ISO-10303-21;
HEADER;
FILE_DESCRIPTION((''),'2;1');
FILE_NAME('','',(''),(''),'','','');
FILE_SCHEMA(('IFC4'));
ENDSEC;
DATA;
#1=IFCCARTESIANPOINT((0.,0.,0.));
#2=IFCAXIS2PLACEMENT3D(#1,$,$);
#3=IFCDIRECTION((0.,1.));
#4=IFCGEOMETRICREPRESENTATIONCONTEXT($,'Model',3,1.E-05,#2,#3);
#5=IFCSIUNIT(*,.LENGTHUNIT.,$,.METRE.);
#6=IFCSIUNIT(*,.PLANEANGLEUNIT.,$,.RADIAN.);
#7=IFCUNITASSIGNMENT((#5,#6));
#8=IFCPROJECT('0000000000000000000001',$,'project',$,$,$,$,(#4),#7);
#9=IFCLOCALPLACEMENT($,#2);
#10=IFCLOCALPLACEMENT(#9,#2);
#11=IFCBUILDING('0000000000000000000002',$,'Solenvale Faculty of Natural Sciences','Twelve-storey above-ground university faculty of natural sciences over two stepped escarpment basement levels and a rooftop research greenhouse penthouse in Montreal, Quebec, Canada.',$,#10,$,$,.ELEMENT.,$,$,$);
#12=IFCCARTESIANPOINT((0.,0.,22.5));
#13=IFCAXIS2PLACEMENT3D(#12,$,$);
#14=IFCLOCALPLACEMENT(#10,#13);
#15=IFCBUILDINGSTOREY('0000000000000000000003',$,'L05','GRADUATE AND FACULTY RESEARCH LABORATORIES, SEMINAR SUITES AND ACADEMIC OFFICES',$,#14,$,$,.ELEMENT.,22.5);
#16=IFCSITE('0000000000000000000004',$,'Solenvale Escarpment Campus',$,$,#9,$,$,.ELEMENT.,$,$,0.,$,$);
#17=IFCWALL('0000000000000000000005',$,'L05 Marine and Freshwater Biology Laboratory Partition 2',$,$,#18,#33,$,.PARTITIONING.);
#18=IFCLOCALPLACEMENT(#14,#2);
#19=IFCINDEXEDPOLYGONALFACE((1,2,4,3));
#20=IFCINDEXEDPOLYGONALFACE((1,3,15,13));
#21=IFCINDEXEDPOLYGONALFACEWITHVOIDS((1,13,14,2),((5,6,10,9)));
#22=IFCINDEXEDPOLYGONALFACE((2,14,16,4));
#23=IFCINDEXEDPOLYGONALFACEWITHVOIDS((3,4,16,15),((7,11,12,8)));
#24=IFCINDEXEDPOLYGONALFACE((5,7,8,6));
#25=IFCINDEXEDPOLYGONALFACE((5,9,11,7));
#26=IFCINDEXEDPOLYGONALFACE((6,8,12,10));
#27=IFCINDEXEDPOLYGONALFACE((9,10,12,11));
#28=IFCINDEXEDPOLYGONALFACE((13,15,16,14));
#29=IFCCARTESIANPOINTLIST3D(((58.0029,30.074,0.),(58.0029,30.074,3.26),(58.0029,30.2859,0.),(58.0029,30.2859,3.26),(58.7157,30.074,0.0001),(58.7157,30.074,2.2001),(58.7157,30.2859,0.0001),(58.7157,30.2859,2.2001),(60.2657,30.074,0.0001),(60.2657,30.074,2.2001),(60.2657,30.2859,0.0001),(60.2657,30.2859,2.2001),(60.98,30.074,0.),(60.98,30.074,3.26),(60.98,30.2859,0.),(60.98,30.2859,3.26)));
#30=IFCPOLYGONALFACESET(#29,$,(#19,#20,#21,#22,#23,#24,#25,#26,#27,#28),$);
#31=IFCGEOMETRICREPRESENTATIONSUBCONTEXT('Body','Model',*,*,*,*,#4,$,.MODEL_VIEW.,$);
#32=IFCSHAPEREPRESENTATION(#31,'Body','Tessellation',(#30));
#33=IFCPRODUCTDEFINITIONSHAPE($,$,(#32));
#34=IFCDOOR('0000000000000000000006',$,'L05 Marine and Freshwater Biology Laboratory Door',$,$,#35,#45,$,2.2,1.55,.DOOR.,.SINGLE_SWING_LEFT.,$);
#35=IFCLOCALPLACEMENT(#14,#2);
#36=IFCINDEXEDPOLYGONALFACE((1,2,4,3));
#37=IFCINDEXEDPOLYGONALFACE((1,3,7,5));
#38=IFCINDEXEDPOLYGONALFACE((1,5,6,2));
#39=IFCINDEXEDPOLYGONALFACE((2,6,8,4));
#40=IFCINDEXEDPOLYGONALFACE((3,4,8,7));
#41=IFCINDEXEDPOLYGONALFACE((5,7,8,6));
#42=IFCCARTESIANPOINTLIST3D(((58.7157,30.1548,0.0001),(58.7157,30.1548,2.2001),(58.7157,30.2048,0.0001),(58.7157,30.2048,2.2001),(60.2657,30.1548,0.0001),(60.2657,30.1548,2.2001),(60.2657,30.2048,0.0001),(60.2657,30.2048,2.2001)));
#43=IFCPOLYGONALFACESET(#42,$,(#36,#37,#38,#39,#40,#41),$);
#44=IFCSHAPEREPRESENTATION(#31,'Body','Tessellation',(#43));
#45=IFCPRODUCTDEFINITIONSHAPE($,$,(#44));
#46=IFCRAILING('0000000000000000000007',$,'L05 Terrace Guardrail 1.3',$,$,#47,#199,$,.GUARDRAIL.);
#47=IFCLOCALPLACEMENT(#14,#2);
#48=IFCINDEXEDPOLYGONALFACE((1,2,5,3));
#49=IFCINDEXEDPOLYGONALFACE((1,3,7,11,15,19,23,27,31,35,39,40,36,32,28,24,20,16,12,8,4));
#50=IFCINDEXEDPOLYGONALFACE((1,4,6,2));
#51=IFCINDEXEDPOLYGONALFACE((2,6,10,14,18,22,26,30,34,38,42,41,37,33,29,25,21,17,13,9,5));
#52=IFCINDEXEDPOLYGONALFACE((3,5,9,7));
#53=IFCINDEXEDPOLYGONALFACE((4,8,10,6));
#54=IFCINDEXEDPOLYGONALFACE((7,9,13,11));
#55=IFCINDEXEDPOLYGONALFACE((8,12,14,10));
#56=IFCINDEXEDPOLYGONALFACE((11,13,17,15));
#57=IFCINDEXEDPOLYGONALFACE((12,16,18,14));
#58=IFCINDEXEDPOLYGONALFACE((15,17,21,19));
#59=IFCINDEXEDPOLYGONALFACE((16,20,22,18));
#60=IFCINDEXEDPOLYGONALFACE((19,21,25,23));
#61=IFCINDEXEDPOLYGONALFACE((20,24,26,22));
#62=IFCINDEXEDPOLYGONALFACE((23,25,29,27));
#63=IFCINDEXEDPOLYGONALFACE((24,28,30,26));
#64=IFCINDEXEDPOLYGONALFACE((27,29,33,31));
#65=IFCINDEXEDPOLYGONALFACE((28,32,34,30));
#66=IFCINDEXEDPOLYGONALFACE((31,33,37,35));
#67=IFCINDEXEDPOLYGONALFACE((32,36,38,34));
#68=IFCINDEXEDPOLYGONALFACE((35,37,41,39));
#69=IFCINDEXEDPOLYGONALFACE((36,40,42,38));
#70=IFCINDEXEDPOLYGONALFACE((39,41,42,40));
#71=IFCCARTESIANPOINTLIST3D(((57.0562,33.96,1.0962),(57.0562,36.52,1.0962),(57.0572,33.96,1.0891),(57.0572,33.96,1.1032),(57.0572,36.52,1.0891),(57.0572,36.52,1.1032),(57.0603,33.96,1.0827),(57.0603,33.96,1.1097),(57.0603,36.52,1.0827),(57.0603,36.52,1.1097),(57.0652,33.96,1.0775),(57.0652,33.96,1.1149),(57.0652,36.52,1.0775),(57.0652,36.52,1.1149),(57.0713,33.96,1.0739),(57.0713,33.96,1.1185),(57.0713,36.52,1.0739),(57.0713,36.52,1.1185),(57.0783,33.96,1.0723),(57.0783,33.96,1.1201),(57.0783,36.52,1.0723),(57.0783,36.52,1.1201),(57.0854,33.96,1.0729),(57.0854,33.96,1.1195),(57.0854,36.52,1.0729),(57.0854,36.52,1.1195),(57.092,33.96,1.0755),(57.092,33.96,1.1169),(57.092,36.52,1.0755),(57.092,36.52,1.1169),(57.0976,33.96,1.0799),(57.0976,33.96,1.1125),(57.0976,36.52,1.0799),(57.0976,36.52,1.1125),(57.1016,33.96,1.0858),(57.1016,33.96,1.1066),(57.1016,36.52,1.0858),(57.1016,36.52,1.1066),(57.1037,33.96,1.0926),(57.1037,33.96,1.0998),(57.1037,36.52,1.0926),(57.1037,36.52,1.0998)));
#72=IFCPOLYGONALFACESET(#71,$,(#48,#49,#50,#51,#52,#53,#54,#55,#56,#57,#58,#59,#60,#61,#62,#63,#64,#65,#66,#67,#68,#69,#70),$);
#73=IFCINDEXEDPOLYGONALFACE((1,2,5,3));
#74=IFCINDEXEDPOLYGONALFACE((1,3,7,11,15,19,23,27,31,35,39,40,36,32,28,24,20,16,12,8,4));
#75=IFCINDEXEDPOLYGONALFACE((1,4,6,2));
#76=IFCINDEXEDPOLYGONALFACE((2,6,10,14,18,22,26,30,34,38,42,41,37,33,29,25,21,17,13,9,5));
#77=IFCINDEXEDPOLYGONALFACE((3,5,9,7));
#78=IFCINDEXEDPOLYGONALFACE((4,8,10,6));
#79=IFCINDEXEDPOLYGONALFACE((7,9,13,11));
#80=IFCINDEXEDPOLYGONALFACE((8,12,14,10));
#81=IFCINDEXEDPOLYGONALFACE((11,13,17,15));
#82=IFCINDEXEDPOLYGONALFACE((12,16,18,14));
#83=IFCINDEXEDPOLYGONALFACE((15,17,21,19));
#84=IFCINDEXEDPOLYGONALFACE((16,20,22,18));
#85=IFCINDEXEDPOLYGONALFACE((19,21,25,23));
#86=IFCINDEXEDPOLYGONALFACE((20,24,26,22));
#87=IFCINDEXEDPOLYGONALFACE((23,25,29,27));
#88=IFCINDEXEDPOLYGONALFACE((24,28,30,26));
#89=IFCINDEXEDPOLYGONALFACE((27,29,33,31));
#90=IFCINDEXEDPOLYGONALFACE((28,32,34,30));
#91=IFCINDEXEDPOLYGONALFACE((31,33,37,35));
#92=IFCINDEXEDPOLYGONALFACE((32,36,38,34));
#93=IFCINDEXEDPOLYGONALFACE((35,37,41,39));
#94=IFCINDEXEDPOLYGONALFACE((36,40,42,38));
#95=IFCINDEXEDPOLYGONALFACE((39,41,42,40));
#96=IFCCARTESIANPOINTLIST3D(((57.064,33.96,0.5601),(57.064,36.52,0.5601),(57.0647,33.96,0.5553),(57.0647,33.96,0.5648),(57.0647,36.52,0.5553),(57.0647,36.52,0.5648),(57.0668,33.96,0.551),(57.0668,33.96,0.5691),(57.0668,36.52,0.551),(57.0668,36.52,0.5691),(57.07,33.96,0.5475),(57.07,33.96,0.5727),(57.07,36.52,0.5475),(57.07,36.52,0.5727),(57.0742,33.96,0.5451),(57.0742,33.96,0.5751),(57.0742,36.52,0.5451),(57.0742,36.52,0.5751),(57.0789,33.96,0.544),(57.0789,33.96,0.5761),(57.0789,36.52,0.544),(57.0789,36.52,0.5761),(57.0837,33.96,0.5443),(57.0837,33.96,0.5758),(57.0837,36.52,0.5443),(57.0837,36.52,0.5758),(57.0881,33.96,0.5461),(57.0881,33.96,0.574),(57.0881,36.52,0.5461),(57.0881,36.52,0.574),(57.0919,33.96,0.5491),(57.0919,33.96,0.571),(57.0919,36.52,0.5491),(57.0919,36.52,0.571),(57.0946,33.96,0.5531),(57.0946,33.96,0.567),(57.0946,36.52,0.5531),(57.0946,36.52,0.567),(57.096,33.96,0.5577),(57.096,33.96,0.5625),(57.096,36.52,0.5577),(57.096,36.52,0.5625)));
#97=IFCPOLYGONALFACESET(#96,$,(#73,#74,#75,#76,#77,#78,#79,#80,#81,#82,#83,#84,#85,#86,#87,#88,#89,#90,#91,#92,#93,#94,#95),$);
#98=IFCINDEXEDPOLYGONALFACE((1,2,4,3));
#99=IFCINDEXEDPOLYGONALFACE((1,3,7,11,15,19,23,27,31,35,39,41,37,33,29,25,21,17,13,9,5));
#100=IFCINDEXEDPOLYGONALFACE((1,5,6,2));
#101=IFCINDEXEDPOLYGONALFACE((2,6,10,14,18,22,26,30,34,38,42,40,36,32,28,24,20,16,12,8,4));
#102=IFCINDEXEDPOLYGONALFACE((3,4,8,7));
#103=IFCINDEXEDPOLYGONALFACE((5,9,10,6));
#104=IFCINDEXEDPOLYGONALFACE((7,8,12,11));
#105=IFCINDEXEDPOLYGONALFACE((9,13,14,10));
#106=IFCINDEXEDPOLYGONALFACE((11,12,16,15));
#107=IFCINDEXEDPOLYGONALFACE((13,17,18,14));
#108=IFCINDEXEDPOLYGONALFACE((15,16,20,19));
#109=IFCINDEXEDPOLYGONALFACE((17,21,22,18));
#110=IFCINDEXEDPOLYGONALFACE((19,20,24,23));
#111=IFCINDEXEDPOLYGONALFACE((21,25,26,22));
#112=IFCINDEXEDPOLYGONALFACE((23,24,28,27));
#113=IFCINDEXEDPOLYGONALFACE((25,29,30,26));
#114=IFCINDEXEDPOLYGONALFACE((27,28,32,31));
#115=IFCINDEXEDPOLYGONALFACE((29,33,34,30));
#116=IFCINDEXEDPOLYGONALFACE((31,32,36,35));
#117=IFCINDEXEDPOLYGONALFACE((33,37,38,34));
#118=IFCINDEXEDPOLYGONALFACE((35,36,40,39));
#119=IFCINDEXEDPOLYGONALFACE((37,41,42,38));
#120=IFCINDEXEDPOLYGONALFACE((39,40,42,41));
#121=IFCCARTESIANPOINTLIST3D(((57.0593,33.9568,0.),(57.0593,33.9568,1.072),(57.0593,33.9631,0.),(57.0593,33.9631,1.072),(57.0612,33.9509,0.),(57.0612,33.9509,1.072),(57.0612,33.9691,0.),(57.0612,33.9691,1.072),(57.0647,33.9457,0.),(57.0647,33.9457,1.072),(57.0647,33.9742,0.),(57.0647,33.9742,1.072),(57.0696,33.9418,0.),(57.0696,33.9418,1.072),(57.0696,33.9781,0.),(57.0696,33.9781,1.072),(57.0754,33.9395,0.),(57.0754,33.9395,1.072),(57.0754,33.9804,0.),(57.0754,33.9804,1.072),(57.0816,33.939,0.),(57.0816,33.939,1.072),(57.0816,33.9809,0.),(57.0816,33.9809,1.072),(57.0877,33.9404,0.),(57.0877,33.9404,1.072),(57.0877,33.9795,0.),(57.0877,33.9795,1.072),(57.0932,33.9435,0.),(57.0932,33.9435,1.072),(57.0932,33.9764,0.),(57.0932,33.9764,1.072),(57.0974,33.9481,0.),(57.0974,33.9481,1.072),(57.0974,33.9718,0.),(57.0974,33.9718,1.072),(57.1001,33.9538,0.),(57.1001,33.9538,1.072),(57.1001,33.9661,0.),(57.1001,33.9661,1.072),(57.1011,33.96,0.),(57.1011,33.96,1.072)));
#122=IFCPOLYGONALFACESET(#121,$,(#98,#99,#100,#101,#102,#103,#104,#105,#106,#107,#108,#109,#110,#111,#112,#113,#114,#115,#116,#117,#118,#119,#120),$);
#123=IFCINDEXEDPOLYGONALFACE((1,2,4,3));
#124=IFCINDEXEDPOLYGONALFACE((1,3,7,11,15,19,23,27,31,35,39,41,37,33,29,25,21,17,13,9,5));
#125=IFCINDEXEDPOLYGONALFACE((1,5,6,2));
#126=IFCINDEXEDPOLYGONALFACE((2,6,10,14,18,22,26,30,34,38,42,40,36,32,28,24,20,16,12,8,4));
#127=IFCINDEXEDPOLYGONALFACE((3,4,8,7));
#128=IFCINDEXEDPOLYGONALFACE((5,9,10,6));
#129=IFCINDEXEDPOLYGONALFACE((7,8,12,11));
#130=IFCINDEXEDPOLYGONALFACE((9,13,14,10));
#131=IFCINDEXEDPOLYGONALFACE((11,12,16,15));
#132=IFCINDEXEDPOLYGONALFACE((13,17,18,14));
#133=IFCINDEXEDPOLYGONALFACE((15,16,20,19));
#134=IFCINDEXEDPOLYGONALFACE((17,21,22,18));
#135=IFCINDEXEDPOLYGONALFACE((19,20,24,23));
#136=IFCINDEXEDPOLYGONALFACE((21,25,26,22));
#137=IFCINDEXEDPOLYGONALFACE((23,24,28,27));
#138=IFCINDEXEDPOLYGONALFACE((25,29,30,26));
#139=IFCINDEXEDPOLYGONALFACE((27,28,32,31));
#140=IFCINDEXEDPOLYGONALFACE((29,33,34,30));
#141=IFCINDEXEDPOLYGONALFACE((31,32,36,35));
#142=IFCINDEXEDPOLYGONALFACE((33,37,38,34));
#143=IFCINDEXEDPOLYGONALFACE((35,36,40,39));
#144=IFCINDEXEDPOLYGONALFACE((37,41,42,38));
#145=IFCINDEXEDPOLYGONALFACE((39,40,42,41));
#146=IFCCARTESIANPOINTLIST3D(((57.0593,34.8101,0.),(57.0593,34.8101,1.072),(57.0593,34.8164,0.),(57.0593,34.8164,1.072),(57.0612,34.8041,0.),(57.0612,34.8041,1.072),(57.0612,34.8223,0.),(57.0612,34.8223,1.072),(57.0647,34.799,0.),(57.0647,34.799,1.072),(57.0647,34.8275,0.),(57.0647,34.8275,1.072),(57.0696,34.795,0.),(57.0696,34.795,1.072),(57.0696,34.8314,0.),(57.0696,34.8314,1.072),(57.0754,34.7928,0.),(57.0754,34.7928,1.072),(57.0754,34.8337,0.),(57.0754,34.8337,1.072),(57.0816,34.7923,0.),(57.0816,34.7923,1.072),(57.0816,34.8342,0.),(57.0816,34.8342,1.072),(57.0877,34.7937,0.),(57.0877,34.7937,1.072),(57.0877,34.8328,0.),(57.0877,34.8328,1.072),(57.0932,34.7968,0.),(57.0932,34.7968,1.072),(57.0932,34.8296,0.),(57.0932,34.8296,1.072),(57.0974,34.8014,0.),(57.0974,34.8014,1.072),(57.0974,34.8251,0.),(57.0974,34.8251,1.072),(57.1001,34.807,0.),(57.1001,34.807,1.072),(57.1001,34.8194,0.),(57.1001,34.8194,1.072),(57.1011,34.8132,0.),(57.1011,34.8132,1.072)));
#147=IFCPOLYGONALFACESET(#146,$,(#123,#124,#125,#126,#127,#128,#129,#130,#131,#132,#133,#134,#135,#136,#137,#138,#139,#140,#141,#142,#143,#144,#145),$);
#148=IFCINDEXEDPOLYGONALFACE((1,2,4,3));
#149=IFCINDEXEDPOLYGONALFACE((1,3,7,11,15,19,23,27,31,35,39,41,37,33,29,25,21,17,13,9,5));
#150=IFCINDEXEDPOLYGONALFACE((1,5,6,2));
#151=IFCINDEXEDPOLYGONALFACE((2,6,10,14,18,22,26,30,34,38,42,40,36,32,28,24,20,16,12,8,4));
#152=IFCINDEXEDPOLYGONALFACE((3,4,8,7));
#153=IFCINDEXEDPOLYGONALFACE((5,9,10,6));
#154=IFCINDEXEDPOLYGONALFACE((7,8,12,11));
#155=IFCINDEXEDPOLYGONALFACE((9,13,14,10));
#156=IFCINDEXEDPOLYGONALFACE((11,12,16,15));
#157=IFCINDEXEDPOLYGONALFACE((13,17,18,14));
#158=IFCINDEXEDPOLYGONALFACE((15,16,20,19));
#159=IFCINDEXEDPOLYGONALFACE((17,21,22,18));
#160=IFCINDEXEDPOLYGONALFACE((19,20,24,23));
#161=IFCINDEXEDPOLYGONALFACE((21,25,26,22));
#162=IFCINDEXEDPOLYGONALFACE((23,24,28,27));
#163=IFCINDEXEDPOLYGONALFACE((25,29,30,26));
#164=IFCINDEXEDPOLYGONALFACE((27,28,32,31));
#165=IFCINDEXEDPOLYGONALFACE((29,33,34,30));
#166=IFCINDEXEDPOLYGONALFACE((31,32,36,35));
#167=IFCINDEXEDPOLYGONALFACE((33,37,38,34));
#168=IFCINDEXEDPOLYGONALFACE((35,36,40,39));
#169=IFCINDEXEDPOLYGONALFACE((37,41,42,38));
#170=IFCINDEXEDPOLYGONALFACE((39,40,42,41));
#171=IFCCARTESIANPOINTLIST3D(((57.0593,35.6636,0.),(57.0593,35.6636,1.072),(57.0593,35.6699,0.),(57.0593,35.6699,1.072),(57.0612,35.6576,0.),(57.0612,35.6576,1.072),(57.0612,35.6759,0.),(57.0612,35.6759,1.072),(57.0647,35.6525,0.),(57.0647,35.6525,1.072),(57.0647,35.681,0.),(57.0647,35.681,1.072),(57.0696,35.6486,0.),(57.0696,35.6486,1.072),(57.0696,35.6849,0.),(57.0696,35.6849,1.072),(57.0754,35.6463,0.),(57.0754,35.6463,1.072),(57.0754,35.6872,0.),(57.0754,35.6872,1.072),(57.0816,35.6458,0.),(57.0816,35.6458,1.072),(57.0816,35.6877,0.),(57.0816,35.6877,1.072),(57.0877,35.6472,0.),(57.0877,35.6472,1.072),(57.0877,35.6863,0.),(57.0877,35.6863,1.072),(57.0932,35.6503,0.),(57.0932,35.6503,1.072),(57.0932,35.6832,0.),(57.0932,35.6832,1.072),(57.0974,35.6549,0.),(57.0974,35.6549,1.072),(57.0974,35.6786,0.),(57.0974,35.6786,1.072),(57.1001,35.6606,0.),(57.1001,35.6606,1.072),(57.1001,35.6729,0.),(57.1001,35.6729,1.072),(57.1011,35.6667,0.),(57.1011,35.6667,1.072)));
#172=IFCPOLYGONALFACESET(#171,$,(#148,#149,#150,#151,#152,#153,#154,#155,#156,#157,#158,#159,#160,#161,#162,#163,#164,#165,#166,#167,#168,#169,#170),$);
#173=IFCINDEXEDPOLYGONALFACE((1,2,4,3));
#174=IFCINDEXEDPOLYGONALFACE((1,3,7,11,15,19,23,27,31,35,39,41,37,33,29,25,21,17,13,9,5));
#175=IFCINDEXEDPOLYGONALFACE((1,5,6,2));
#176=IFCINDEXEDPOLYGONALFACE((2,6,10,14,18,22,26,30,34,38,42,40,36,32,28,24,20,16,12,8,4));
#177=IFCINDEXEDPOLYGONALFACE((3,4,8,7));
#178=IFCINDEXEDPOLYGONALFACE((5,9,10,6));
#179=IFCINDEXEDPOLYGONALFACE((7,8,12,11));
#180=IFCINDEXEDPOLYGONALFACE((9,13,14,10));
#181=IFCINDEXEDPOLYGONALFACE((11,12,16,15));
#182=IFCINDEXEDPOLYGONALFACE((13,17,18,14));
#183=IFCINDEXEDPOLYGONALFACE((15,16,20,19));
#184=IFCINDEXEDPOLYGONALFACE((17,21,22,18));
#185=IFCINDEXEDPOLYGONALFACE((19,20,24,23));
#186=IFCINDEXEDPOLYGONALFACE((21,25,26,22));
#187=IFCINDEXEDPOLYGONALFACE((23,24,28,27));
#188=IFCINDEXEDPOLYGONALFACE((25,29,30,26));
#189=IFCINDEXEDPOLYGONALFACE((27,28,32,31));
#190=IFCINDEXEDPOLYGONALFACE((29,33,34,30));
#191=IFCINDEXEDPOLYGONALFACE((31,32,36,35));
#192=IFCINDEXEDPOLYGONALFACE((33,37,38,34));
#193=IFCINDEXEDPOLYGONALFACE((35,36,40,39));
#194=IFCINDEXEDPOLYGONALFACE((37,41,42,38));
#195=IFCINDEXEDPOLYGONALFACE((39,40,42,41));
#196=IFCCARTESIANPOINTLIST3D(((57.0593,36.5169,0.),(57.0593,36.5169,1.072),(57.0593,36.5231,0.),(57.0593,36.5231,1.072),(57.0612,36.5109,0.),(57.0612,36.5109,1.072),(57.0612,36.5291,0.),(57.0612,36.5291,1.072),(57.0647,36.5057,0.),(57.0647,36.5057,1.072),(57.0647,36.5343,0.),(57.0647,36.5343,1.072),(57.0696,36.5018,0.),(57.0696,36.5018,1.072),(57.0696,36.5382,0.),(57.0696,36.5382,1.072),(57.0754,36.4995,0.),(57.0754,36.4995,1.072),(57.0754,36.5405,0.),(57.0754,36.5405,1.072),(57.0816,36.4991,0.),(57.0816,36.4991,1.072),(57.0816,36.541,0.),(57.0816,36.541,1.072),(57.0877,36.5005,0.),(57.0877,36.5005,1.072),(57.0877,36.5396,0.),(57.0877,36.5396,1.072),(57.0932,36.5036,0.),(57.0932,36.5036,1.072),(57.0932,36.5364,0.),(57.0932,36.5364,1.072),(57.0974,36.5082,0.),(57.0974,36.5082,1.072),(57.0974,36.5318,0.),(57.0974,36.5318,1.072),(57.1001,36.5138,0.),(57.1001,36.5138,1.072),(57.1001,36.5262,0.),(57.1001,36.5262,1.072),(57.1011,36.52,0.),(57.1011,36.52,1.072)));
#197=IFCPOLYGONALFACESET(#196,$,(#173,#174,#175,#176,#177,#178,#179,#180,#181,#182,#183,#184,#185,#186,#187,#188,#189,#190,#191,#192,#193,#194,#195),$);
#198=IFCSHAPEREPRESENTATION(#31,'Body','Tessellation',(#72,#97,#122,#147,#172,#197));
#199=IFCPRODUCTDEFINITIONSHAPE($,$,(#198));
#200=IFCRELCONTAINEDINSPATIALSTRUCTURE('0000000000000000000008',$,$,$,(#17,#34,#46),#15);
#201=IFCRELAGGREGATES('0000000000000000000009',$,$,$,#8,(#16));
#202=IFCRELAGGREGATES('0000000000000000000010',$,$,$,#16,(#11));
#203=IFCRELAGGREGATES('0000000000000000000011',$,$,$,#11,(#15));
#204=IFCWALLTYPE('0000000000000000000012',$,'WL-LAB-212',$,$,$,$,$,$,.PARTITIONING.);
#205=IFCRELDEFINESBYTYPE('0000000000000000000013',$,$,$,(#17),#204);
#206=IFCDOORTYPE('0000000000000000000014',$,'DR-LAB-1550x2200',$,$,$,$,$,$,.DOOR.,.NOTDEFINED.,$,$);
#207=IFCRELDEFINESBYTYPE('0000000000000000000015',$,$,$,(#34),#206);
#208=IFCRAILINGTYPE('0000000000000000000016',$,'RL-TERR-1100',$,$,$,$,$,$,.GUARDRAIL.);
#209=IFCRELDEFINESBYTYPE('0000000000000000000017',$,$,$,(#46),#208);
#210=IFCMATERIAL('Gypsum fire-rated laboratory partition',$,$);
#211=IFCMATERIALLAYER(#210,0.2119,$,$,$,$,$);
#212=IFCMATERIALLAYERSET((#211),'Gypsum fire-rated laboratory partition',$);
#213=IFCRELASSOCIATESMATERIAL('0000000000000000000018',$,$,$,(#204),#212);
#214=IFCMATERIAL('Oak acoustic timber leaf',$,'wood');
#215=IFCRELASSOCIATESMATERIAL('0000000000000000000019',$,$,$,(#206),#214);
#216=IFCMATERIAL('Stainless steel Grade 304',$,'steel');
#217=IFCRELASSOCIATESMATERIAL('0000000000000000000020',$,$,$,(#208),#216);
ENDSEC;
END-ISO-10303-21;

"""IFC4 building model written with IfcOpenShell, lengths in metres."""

from ifc_helpers import new_model, si_unit, direction, frame, frame_2d, origin, origin_2d, place, context, subcontext, project, spatial, rectangle, circle, extrude, material, layer, layer_set, type_object, element, fill, save


model = new_model("IFC4")

# Units and contexts
model_context = context("Model", 3, precision=1e-05, world=origin(), true_north=direction((0.0, 1.0)))
body_context = subcontext(model_context, "Body", "Model", "MODEL_VIEW")
ifc_project = project(units=[si_unit("LENGTHUNIT", "METRE"), si_unit("PLANEANGLEUNIT", "RADIAN")], contexts=[model_context])

# Site, building, storey
site_placement = place(None, origin())
site = spatial("IfcSite", under=ifc_project, at=site_placement, Name="Solenvale Escarpment Campus", CompositionType="ELEMENT", RefElevation=0.0)
building_placement = place(site_placement, origin())
building = spatial("IfcBuilding", under=site, at=building_placement, Name="Solenvale Faculty of Natural Sciences", Description="Twelve-storey above-ground university faculty of natural sciences over two stepped escarpment basement levels and a rooftop research greenhouse penthouse in Montreal, Quebec, Canada.", CompositionType="ELEMENT")
storey_placement = place(building_placement, frame((0.0, 0.0, 22.5)))
storey = spatial("IfcBuildingStorey", under=building, at=storey_placement, Name="L05", Description="GRADUATE AND FACULTY RESEARCH LABORATORIES, SEMINAR SUITES AND ACADEMIC OFFICES", CompositionType="ELEMENT", Elevation=22.5)

# Wall, opening, door
ifc_material_1 = material(Name="Gypsum fire-rated laboratory partition")
ifc_layer_1 = layer(ifc_material_1, 0.2119)
ifc_layer_set_1 = layer_set([ifc_layer_1], Name="Gypsum fire-rated laboratory partition")
wall_type_1 = type_object("IfcWallType", Name="WL-LAB-212", PredefinedType="PARTITIONING", material=ifc_layer_set_1)
wall_1_placement = place(storey_placement, frame((58.0029, 30.1799, 0.0), z_axis=(0.0, 0.0, 1.0), x_axis=(1.0, 0.0, 0.0)))
wall_1 = element("IfcWall", 1, at=wall_1_placement, inside=storey, type_object=wall_type_1, Name="L05 Marine and Freshwater Biology Laboratory Partition 2", PredefinedType="PARTITIONING", context=body_context, shape_type="SweptSolid", body=[
    extrude(rectangle(XDim=2.9771, YDim=0.2119, at=frame_2d((1.4885, 0.0))), origin(), (0.0, 0.0, 1.0), 3.26),
])
opening_placement = place(wall_1_placement, frame((0.7129, 0.0, 0.0)))
opening = element("IfcOpeningElement", 2, at=opening_placement, cuts=wall_1, PredefinedType="OPENING", context=body_context, shape_type="SweptSolid", body=[
    extrude(rectangle(XDim=1.55, YDim=2.2, at=frame_2d((0.7749, 1.1001))), frame((0.0, 0.116, 0.0), z_axis=(0.0, -1.0, 0.0), x_axis=(1.0, 0.0, 0.0)), (0.0, 0.0, 1.0), 0.2319),
])
ifc_material_2 = material(Name="Oak acoustic timber leaf", Category="wood")
door_type = type_object("IfcDoorType", Name="DR-LAB-1550x2200", OperationType="NOTDEFINED", PredefinedType="DOOR", material=ifc_material_2)
door_placement = place(opening_placement, origin())
door = element("IfcDoor", 3, at=door_placement, inside=storey, type_object=door_type, Name="L05 Marine and Freshwater Biology Laboratory Door", OperationType="SINGLE_SWING_LEFT", OverallHeight=2.2, OverallWidth=1.55, PredefinedType="DOOR", context=body_context, shape_type="SweptSolid", body=[
    extrude(rectangle(XDim=1.55, YDim=2.2, at=frame_2d((0.7749, 1.1001))), frame((0.0, 0.0249, 0.0), z_axis=(0.0, -1.0, 0.0), x_axis=(1.0, 0.0, 0.0)), (0.0, 0.0, 1.0), 0.05),
])
fill(opening, door)

# Railing
ifc_material_3 = material(Name="Stainless steel Grade 304", Category="steel")
railing_type = type_object("IfcRailingType", Name="RL-TERR-1100", PredefinedType="GUARDRAIL", material=ifc_material_3)
railing_placement = place(storey_placement, frame((57.0801, 33.96, 0.0)))
element("IfcRailing", 4, at=railing_placement, inside=storey, type_object=railing_type, Name="L05 Terrace Guardrail 1.3", PredefinedType="GUARDRAIL", context=body_context, shape_type="SweptSolid", body=[
    extrude(circle(Radius=0.0239, at=origin_2d()), frame((0.0, 0.0, 1.0962), z_axis=(0.0, 1.0, 0.0), x_axis=(-1.0, 0.0, 0.0)), (0.0, 0.0, 1.0), 2.5601),
    extrude(circle(Radius=0.0161, at=origin_2d()), frame((0.0, 0.0, 0.5601), z_axis=(0.0, 1.0, 0.0), x_axis=(-1.0, 0.0, 0.0)), (0.0, 0.0, 1.0), 2.5601),
    extrude(circle(Radius=0.021, at=origin_2d()), origin(), (0.0, 0.0, 1.0), 1.072),
    extrude(circle(Radius=0.021, at=origin_2d()), frame((0.0, 0.8533, 0.0)), (0.0, 0.0, 1.0), 1.072),
    extrude(circle(Radius=0.021, at=origin_2d()), frame((0.0, 1.7068, 0.0)), (0.0, 0.0, 1.0), 1.072),
    extrude(circle(Radius=0.021, at=origin_2d()), frame((0.0, 2.5601, 0.0)), (0.0, 0.0, 1.0), 1.072),
])

save(model, "model.ifc")
